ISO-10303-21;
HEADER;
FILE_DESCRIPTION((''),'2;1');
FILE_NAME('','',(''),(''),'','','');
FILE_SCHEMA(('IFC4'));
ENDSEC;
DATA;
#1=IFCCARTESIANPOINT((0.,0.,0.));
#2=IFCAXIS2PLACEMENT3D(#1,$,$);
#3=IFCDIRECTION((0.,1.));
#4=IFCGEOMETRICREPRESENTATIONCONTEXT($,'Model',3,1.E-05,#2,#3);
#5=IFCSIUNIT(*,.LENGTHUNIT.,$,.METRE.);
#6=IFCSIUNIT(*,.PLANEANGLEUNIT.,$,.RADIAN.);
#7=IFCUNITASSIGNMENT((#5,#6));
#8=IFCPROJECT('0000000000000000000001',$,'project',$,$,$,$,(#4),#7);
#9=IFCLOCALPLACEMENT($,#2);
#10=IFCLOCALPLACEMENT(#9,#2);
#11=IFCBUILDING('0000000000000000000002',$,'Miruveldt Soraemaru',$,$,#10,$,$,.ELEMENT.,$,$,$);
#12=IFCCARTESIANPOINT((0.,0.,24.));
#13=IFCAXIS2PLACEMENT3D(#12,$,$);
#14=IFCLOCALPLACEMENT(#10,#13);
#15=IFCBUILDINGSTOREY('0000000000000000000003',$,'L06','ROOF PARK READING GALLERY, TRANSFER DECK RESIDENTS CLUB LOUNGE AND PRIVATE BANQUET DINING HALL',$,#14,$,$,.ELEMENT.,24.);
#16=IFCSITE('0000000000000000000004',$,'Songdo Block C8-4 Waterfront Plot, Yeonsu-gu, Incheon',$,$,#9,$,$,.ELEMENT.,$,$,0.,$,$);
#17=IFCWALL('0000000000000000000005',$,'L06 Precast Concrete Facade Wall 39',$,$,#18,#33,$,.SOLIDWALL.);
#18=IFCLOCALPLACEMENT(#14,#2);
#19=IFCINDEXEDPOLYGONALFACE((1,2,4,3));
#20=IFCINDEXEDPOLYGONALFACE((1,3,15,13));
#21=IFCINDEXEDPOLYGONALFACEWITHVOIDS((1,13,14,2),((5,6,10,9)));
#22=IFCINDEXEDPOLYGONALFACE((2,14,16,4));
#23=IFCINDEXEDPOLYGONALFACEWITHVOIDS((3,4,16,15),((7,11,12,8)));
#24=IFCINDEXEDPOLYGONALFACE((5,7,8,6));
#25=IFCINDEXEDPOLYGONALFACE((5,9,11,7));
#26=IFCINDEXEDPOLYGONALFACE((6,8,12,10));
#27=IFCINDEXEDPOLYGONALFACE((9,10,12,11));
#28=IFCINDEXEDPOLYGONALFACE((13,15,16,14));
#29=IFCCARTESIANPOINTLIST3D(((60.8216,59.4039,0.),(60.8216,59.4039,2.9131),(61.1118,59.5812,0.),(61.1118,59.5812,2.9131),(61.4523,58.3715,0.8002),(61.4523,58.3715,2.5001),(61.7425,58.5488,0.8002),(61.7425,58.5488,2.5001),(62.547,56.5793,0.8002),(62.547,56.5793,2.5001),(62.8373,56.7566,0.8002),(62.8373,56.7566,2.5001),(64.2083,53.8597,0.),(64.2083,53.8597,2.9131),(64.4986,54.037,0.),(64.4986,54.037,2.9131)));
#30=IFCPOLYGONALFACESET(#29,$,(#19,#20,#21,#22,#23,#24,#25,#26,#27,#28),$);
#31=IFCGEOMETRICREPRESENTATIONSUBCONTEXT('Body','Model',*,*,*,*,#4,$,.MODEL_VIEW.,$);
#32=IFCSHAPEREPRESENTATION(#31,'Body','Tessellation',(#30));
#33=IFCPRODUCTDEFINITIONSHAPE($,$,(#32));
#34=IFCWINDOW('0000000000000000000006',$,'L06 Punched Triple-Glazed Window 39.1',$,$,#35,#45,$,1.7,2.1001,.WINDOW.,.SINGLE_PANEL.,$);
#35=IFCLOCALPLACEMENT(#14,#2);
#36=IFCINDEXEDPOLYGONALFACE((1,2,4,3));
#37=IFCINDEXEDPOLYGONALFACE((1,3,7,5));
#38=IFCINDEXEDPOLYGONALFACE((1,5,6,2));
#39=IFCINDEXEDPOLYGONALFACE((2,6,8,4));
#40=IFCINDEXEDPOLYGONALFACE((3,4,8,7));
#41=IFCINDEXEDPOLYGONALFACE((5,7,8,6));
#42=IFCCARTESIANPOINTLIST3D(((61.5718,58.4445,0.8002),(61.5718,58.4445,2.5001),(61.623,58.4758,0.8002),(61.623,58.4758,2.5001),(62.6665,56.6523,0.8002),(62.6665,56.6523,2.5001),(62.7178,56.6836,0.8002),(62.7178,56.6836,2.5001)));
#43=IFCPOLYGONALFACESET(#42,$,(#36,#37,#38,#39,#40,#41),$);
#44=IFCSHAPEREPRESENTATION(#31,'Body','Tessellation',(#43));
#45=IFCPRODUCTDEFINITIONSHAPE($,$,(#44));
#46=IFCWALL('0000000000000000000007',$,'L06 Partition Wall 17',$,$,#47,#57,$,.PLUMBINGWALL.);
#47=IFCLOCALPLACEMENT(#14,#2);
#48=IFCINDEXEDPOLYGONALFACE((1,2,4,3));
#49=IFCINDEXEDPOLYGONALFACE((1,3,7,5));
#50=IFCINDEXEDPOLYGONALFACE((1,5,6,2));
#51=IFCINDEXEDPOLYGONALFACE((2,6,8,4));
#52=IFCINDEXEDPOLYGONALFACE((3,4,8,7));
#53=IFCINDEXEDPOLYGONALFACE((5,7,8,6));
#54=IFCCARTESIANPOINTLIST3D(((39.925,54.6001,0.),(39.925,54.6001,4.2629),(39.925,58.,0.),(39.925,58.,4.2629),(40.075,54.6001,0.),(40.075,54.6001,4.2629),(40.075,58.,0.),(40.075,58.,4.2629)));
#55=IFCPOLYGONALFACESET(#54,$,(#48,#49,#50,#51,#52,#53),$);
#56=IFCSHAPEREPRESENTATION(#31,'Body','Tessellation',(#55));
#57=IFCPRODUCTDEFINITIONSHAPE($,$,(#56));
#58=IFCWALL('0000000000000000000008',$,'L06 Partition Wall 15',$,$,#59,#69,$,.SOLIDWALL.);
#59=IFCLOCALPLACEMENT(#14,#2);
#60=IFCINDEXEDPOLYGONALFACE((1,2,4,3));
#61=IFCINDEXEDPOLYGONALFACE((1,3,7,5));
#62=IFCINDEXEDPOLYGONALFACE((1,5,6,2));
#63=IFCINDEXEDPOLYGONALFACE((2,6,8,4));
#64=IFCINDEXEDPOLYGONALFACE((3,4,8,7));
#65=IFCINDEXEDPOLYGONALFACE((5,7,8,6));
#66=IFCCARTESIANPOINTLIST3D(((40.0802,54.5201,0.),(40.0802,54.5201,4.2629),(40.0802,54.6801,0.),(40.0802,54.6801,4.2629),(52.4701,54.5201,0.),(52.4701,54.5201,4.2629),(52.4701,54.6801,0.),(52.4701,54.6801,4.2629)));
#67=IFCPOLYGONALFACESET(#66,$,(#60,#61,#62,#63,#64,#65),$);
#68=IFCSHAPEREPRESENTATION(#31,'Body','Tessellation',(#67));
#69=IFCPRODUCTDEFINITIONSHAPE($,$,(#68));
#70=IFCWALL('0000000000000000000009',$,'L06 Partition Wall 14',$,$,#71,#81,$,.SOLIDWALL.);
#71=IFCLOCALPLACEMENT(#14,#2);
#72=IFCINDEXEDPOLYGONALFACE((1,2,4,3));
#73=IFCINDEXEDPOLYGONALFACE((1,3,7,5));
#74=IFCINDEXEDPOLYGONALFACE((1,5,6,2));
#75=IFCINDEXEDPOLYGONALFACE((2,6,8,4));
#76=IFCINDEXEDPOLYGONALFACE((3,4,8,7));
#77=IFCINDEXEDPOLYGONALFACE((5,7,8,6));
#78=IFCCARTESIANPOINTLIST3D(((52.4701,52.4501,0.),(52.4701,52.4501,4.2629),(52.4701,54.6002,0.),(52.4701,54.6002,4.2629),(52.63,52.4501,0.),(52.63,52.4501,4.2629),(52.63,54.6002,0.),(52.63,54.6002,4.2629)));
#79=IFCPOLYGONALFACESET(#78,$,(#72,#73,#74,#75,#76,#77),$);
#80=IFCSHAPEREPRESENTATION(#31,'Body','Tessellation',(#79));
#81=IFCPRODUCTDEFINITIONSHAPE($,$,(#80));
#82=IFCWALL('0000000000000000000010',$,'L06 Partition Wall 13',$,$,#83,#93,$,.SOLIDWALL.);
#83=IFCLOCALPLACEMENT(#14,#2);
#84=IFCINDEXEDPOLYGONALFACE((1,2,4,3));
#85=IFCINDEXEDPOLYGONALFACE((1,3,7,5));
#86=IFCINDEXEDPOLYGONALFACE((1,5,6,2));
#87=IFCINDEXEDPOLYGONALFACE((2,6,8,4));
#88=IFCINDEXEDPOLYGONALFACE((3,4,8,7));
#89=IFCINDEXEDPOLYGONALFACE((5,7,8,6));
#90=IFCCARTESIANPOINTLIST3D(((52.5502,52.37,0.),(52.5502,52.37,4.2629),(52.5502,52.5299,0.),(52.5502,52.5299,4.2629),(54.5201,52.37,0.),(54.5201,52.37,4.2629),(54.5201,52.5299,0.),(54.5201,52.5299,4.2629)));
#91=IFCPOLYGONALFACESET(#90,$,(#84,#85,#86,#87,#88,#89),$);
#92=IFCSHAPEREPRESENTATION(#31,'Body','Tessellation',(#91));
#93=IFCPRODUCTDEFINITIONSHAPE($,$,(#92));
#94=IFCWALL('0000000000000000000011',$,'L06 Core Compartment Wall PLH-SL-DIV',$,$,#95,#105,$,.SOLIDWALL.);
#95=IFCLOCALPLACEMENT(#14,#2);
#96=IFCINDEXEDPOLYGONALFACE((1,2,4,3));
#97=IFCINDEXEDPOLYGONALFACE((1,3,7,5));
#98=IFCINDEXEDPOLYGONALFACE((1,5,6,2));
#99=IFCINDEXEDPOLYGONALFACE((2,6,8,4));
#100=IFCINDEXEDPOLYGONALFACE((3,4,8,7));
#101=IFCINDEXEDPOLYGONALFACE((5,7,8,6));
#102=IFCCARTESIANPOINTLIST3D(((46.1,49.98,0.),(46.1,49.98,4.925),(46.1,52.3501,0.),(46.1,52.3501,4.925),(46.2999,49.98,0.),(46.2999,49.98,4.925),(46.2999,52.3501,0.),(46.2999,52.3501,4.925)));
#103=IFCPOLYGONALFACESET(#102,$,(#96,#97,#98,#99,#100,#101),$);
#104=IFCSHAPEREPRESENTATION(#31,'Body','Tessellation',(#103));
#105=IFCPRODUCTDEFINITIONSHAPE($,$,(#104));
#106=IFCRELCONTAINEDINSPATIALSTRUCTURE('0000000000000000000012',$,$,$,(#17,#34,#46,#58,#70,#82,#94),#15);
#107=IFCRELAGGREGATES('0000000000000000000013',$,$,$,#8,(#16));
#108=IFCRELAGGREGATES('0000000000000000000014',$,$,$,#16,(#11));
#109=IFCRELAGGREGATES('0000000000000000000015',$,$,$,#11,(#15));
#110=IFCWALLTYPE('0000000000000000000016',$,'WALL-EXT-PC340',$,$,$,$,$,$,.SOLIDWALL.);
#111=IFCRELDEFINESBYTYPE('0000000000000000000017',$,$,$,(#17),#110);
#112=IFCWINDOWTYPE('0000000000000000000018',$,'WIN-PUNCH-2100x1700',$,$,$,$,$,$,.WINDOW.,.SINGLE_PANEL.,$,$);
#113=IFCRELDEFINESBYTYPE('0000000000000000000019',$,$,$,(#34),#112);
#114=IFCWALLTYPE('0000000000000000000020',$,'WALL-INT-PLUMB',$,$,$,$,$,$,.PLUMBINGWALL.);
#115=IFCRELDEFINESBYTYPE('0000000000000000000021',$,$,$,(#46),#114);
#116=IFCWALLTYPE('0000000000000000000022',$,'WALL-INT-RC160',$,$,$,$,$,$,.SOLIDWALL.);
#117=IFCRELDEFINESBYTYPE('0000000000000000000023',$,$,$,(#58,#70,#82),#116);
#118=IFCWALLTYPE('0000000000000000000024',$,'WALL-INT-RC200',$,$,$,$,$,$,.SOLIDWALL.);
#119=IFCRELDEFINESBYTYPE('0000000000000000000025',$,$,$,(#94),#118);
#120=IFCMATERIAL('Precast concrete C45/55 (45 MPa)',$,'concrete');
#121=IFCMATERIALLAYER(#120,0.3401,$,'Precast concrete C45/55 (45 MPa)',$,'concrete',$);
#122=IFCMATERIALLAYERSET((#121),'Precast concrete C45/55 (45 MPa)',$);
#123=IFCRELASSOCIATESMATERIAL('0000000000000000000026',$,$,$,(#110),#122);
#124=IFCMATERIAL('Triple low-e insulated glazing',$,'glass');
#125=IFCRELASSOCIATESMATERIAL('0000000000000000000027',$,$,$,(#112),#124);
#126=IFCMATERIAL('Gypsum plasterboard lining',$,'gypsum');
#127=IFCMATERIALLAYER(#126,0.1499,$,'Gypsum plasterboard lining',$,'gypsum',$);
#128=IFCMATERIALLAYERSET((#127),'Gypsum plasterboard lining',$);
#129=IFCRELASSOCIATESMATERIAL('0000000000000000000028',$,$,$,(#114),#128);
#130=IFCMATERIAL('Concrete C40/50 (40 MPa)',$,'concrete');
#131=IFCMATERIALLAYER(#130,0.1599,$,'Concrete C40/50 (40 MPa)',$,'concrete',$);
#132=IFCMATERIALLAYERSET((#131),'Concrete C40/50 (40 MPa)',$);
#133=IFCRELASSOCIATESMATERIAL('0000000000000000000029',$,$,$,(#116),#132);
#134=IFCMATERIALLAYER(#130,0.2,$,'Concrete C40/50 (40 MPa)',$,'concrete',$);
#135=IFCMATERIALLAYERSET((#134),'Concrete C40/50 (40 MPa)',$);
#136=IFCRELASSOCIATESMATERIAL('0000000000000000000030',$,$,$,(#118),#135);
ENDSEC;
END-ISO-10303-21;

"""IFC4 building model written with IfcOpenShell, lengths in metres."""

from ifc_helpers import new_model, si_unit, direction, frame, frame_2d, origin, place, context, subcontext, project, spatial, rectangle, extrude, material, layer, layer_set, type_object, element, fill, save


model = new_model("IFC4")

# Units and contexts
model_context = context("Model", 3, precision=1e-05, world=origin(), true_north=direction((0.0, 1.0)))
body_context = subcontext(model_context, "Body", "Model", "MODEL_VIEW")
ifc_project = project(units=[si_unit("LENGTHUNIT", "METRE"), si_unit("PLANEANGLEUNIT", "RADIAN")], contexts=[model_context])

# Site, building, storey
site_placement = place(None, origin())
site = spatial("IfcSite", under=ifc_project, at=site_placement, Name="Songdo Block C8-4 Waterfront Plot, Yeonsu-gu, Incheon", CompositionType="ELEMENT", RefElevation=0.0)
building_placement = place(site_placement, origin())
building = spatial("IfcBuilding", under=site, at=building_placement, Name="Miruveldt Soraemaru", CompositionType="ELEMENT")
storey_placement = place(building_placement, frame((0.0, 0.0, 24.0)))
storey = spatial("IfcBuildingStorey", under=building, at=storey_placement, Name="L06", Description="ROOF PARK READING GALLERY, TRANSFER DECK RESIDENTS CLUB LOUNGE AND PRIVATE BANQUET DINING HALL", CompositionType="ELEMENT", Elevation=24.0)

# Wall, opening, window
ifc_material_1 = material(Name="Precast concrete C45/55 (45 MPa)", Category="concrete")
ifc_layer_1 = layer(ifc_material_1, 0.3401, Name="Precast concrete C45/55 (45 MPa)", Category="concrete")
ifc_layer_set_1 = layer_set([ifc_layer_1], Name="Precast concrete C45/55 (45 MPa)")
wall_type_1 = type_object("IfcWallType", Name="WALL-EXT-PC340", PredefinedType="SOLIDWALL", material=ifc_layer_set_1)
wall_1_placement = place(storey_placement, frame((64.3535, 53.9482, 0.0), z_axis=(0.0, 0.0, 1.0), x_axis=(-0.521293, 0.853377, 0.0)))
wall_1 = element("IfcWall", 1, at=wall_1_placement, inside=storey, type_object=wall_type_1, Name="L06 Precast Concrete Facade Wall 39", PredefinedType="SOLIDWALL", context=body_context, shape_type="SweptSolid", body=[
    extrude(rectangle(XDim=6.4968, YDim=0.3401, at=frame_2d((3.2485, 0.0))), origin(), (0.0, 0.0, 1.0), 2.9131),
])
opening_1_placement = place(wall_1_placement, frame((3.187, 0.0, 0.8)))
opening_1 = element("IfcOpeningElement", 2, at=opening_1_placement, cuts=wall_1, PredefinedType="OPENING", context=body_context, shape_type="SweptSolid", body=[
    extrude(rectangle(XDim=2.1001, YDim=1.7, at=frame_2d((1.05, 0.8501))), frame((0.0, 0.1802, 0.0), z_axis=(0.0, -1.0, 0.0), x_axis=(1.0, 0.0, 0.0)), (0.0, 0.0, 1.0), 0.3601),
])
ifc_material_2 = material(Name="Triple low-e insulated glazing", Category="glass")
window_type = type_object("IfcWindowType", Name="WIN-PUNCH-2100x1700", PartitioningType="SINGLE_PANEL", PredefinedType="WINDOW", material=ifc_material_2)
window_placement = place(opening_1_placement, origin())
window = element("IfcWindow", 3, at=window_placement, inside=storey, type_object=window_type, Name="L06 Punched Triple-Glazed Window 39.1", OverallHeight=1.7, OverallWidth=2.1001, PartitioningType="SINGLE_PANEL", PredefinedType="WINDOW", context=body_context, shape_type="SweptSolid", body=[
    extrude(rectangle(XDim=2.1001, YDim=1.7, at=frame_2d((1.05, 0.8501))), frame((0.0, 0.03, 0.0), z_axis=(0.0, -1.0, 0.0), x_axis=(1.0, 0.0, 0.0)), (0.0, 0.0, 1.0), 0.0601),
])
fill(opening_1, window)

# Walls
ifc_material_3 = material(Name="Gypsum plasterboard lining", Category="gypsum")
ifc_layer_2 = layer(ifc_material_3, 0.1499, Name="Gypsum plasterboard lining", Category="gypsum")
ifc_layer_set_2 = layer_set([ifc_layer_2], Name="Gypsum plasterboard lining")
wall_type_2 = type_object("IfcWallType", Name="WALL-INT-PLUMB", PredefinedType="PLUMBINGWALL", material=ifc_layer_set_2)
wall_2_placement = place(storey_placement, frame((40.0, 54.6001, 0.0), z_axis=(0.0, 0.0, 1.0), x_axis=(0.0, 1.0, 0.0)))
element("IfcWall", 4, at=wall_2_placement, inside=storey, type_object=wall_type_2, Name="L06 Partition Wall 17", PredefinedType="PLUMBINGWALL", context=body_context, shape_type="SweptSolid", body=[
    extrude(rectangle(XDim=3.3999, YDim=0.1499, at=frame_2d((1.7, 0.0))), origin(), (0.0, 0.0, 1.0), 4.2629),
])
ifc_material_4 = material(Name="Concrete C40/50 (40 MPa)", Category="concrete")
ifc_layer_3 = layer(ifc_material_4, 0.1599, Name="Concrete C40/50 (40 MPa)", Category="concrete")
ifc_layer_set_3 = layer_set([ifc_layer_3], Name="Concrete C40/50 (40 MPa)")
wall_type_3 = type_object("IfcWallType", Name="WALL-INT-RC160", PredefinedType="SOLIDWALL", material=ifc_layer_set_3)
wall_3_placement = place(storey_placement, frame((52.47, 54.6001, 0.0), z_axis=(0.0, 0.0, 1.0), x_axis=(-1.0, 0.0, 0.0)))
element("IfcWall", 5, at=wall_3_placement, inside=storey, type_object=wall_type_3, Name="L06 Partition Wall 15", PredefinedType="SOLIDWALL", context=body_context, shape_type="SweptSolid", body=[
    extrude(rectangle(XDim=12.3899, YDim=0.1599, at=frame_2d((6.1948, 0.0))), origin(), (0.0, 0.0, 1.0), 4.2629),
])
wall_4_placement = place(storey_placement, frame((52.55, 52.45, 0.0), z_axis=(0.0, 0.0, 1.0), x_axis=(0.0, 1.0, 0.0)))
element("IfcWall", 6, at=wall_4_placement, inside=storey, type_object=wall_type_3, Name="L06 Partition Wall 14", PredefinedType="SOLIDWALL", context=body_context, shape_type="SweptSolid", body=[
    extrude(rectangle(XDim=2.1501, YDim=0.1599, at=frame_2d((1.0752, 0.0))), origin(), (0.0, 0.0, 1.0), 4.2629),
])
wall_5_placement = place(storey_placement, frame((54.52, 52.45, 0.0), z_axis=(0.0, 0.0, 1.0), x_axis=(-1.0, 0.0, 0.0)))
element("IfcWall", 7, at=wall_5_placement, inside=storey, type_object=wall_type_3, Name="L06 Partition Wall 13", PredefinedType="SOLIDWALL", context=body_context, shape_type="SweptSolid", body=[
    extrude(rectangle(XDim=1.97, YDim=0.1599, at=frame_2d((0.9849, 0.0))), origin(), (0.0, 0.0, 1.0), 4.2629),
])

# Shared definitions
ifc_layer_4 = layer(ifc_material_4, 0.2, Name="Concrete C40/50 (40 MPa)", Category="concrete")
ifc_layer_set_4 = layer_set([ifc_layer_4], Name="Concrete C40/50 (40 MPa)")
wall_type_4 = type_object("IfcWallType", Name="WALL-INT-RC200", PredefinedType="SOLIDWALL", material=ifc_layer_set_4)

# Wall
wall_6_placement = place(storey_placement, frame((46.2, 49.98, 0.0), z_axis=(0.0, 0.0, 1.0), x_axis=(0.0, 1.0, 0.0)))
element("IfcWall", 8, at=wall_6_placement, inside=storey, type_object=wall_type_4, Name="L06 Core Compartment Wall PLH-SL-DIV", PredefinedType="SOLIDWALL", context=body_context, shape_type="SweptSolid", body=[
    extrude(rectangle(XDim=2.3701, YDim=0.2, at=frame_2d((1.1851, 0.0))), origin(), (0.0, 0.0, 1.0), 4.925),
])

save(model, "model.ifc")
